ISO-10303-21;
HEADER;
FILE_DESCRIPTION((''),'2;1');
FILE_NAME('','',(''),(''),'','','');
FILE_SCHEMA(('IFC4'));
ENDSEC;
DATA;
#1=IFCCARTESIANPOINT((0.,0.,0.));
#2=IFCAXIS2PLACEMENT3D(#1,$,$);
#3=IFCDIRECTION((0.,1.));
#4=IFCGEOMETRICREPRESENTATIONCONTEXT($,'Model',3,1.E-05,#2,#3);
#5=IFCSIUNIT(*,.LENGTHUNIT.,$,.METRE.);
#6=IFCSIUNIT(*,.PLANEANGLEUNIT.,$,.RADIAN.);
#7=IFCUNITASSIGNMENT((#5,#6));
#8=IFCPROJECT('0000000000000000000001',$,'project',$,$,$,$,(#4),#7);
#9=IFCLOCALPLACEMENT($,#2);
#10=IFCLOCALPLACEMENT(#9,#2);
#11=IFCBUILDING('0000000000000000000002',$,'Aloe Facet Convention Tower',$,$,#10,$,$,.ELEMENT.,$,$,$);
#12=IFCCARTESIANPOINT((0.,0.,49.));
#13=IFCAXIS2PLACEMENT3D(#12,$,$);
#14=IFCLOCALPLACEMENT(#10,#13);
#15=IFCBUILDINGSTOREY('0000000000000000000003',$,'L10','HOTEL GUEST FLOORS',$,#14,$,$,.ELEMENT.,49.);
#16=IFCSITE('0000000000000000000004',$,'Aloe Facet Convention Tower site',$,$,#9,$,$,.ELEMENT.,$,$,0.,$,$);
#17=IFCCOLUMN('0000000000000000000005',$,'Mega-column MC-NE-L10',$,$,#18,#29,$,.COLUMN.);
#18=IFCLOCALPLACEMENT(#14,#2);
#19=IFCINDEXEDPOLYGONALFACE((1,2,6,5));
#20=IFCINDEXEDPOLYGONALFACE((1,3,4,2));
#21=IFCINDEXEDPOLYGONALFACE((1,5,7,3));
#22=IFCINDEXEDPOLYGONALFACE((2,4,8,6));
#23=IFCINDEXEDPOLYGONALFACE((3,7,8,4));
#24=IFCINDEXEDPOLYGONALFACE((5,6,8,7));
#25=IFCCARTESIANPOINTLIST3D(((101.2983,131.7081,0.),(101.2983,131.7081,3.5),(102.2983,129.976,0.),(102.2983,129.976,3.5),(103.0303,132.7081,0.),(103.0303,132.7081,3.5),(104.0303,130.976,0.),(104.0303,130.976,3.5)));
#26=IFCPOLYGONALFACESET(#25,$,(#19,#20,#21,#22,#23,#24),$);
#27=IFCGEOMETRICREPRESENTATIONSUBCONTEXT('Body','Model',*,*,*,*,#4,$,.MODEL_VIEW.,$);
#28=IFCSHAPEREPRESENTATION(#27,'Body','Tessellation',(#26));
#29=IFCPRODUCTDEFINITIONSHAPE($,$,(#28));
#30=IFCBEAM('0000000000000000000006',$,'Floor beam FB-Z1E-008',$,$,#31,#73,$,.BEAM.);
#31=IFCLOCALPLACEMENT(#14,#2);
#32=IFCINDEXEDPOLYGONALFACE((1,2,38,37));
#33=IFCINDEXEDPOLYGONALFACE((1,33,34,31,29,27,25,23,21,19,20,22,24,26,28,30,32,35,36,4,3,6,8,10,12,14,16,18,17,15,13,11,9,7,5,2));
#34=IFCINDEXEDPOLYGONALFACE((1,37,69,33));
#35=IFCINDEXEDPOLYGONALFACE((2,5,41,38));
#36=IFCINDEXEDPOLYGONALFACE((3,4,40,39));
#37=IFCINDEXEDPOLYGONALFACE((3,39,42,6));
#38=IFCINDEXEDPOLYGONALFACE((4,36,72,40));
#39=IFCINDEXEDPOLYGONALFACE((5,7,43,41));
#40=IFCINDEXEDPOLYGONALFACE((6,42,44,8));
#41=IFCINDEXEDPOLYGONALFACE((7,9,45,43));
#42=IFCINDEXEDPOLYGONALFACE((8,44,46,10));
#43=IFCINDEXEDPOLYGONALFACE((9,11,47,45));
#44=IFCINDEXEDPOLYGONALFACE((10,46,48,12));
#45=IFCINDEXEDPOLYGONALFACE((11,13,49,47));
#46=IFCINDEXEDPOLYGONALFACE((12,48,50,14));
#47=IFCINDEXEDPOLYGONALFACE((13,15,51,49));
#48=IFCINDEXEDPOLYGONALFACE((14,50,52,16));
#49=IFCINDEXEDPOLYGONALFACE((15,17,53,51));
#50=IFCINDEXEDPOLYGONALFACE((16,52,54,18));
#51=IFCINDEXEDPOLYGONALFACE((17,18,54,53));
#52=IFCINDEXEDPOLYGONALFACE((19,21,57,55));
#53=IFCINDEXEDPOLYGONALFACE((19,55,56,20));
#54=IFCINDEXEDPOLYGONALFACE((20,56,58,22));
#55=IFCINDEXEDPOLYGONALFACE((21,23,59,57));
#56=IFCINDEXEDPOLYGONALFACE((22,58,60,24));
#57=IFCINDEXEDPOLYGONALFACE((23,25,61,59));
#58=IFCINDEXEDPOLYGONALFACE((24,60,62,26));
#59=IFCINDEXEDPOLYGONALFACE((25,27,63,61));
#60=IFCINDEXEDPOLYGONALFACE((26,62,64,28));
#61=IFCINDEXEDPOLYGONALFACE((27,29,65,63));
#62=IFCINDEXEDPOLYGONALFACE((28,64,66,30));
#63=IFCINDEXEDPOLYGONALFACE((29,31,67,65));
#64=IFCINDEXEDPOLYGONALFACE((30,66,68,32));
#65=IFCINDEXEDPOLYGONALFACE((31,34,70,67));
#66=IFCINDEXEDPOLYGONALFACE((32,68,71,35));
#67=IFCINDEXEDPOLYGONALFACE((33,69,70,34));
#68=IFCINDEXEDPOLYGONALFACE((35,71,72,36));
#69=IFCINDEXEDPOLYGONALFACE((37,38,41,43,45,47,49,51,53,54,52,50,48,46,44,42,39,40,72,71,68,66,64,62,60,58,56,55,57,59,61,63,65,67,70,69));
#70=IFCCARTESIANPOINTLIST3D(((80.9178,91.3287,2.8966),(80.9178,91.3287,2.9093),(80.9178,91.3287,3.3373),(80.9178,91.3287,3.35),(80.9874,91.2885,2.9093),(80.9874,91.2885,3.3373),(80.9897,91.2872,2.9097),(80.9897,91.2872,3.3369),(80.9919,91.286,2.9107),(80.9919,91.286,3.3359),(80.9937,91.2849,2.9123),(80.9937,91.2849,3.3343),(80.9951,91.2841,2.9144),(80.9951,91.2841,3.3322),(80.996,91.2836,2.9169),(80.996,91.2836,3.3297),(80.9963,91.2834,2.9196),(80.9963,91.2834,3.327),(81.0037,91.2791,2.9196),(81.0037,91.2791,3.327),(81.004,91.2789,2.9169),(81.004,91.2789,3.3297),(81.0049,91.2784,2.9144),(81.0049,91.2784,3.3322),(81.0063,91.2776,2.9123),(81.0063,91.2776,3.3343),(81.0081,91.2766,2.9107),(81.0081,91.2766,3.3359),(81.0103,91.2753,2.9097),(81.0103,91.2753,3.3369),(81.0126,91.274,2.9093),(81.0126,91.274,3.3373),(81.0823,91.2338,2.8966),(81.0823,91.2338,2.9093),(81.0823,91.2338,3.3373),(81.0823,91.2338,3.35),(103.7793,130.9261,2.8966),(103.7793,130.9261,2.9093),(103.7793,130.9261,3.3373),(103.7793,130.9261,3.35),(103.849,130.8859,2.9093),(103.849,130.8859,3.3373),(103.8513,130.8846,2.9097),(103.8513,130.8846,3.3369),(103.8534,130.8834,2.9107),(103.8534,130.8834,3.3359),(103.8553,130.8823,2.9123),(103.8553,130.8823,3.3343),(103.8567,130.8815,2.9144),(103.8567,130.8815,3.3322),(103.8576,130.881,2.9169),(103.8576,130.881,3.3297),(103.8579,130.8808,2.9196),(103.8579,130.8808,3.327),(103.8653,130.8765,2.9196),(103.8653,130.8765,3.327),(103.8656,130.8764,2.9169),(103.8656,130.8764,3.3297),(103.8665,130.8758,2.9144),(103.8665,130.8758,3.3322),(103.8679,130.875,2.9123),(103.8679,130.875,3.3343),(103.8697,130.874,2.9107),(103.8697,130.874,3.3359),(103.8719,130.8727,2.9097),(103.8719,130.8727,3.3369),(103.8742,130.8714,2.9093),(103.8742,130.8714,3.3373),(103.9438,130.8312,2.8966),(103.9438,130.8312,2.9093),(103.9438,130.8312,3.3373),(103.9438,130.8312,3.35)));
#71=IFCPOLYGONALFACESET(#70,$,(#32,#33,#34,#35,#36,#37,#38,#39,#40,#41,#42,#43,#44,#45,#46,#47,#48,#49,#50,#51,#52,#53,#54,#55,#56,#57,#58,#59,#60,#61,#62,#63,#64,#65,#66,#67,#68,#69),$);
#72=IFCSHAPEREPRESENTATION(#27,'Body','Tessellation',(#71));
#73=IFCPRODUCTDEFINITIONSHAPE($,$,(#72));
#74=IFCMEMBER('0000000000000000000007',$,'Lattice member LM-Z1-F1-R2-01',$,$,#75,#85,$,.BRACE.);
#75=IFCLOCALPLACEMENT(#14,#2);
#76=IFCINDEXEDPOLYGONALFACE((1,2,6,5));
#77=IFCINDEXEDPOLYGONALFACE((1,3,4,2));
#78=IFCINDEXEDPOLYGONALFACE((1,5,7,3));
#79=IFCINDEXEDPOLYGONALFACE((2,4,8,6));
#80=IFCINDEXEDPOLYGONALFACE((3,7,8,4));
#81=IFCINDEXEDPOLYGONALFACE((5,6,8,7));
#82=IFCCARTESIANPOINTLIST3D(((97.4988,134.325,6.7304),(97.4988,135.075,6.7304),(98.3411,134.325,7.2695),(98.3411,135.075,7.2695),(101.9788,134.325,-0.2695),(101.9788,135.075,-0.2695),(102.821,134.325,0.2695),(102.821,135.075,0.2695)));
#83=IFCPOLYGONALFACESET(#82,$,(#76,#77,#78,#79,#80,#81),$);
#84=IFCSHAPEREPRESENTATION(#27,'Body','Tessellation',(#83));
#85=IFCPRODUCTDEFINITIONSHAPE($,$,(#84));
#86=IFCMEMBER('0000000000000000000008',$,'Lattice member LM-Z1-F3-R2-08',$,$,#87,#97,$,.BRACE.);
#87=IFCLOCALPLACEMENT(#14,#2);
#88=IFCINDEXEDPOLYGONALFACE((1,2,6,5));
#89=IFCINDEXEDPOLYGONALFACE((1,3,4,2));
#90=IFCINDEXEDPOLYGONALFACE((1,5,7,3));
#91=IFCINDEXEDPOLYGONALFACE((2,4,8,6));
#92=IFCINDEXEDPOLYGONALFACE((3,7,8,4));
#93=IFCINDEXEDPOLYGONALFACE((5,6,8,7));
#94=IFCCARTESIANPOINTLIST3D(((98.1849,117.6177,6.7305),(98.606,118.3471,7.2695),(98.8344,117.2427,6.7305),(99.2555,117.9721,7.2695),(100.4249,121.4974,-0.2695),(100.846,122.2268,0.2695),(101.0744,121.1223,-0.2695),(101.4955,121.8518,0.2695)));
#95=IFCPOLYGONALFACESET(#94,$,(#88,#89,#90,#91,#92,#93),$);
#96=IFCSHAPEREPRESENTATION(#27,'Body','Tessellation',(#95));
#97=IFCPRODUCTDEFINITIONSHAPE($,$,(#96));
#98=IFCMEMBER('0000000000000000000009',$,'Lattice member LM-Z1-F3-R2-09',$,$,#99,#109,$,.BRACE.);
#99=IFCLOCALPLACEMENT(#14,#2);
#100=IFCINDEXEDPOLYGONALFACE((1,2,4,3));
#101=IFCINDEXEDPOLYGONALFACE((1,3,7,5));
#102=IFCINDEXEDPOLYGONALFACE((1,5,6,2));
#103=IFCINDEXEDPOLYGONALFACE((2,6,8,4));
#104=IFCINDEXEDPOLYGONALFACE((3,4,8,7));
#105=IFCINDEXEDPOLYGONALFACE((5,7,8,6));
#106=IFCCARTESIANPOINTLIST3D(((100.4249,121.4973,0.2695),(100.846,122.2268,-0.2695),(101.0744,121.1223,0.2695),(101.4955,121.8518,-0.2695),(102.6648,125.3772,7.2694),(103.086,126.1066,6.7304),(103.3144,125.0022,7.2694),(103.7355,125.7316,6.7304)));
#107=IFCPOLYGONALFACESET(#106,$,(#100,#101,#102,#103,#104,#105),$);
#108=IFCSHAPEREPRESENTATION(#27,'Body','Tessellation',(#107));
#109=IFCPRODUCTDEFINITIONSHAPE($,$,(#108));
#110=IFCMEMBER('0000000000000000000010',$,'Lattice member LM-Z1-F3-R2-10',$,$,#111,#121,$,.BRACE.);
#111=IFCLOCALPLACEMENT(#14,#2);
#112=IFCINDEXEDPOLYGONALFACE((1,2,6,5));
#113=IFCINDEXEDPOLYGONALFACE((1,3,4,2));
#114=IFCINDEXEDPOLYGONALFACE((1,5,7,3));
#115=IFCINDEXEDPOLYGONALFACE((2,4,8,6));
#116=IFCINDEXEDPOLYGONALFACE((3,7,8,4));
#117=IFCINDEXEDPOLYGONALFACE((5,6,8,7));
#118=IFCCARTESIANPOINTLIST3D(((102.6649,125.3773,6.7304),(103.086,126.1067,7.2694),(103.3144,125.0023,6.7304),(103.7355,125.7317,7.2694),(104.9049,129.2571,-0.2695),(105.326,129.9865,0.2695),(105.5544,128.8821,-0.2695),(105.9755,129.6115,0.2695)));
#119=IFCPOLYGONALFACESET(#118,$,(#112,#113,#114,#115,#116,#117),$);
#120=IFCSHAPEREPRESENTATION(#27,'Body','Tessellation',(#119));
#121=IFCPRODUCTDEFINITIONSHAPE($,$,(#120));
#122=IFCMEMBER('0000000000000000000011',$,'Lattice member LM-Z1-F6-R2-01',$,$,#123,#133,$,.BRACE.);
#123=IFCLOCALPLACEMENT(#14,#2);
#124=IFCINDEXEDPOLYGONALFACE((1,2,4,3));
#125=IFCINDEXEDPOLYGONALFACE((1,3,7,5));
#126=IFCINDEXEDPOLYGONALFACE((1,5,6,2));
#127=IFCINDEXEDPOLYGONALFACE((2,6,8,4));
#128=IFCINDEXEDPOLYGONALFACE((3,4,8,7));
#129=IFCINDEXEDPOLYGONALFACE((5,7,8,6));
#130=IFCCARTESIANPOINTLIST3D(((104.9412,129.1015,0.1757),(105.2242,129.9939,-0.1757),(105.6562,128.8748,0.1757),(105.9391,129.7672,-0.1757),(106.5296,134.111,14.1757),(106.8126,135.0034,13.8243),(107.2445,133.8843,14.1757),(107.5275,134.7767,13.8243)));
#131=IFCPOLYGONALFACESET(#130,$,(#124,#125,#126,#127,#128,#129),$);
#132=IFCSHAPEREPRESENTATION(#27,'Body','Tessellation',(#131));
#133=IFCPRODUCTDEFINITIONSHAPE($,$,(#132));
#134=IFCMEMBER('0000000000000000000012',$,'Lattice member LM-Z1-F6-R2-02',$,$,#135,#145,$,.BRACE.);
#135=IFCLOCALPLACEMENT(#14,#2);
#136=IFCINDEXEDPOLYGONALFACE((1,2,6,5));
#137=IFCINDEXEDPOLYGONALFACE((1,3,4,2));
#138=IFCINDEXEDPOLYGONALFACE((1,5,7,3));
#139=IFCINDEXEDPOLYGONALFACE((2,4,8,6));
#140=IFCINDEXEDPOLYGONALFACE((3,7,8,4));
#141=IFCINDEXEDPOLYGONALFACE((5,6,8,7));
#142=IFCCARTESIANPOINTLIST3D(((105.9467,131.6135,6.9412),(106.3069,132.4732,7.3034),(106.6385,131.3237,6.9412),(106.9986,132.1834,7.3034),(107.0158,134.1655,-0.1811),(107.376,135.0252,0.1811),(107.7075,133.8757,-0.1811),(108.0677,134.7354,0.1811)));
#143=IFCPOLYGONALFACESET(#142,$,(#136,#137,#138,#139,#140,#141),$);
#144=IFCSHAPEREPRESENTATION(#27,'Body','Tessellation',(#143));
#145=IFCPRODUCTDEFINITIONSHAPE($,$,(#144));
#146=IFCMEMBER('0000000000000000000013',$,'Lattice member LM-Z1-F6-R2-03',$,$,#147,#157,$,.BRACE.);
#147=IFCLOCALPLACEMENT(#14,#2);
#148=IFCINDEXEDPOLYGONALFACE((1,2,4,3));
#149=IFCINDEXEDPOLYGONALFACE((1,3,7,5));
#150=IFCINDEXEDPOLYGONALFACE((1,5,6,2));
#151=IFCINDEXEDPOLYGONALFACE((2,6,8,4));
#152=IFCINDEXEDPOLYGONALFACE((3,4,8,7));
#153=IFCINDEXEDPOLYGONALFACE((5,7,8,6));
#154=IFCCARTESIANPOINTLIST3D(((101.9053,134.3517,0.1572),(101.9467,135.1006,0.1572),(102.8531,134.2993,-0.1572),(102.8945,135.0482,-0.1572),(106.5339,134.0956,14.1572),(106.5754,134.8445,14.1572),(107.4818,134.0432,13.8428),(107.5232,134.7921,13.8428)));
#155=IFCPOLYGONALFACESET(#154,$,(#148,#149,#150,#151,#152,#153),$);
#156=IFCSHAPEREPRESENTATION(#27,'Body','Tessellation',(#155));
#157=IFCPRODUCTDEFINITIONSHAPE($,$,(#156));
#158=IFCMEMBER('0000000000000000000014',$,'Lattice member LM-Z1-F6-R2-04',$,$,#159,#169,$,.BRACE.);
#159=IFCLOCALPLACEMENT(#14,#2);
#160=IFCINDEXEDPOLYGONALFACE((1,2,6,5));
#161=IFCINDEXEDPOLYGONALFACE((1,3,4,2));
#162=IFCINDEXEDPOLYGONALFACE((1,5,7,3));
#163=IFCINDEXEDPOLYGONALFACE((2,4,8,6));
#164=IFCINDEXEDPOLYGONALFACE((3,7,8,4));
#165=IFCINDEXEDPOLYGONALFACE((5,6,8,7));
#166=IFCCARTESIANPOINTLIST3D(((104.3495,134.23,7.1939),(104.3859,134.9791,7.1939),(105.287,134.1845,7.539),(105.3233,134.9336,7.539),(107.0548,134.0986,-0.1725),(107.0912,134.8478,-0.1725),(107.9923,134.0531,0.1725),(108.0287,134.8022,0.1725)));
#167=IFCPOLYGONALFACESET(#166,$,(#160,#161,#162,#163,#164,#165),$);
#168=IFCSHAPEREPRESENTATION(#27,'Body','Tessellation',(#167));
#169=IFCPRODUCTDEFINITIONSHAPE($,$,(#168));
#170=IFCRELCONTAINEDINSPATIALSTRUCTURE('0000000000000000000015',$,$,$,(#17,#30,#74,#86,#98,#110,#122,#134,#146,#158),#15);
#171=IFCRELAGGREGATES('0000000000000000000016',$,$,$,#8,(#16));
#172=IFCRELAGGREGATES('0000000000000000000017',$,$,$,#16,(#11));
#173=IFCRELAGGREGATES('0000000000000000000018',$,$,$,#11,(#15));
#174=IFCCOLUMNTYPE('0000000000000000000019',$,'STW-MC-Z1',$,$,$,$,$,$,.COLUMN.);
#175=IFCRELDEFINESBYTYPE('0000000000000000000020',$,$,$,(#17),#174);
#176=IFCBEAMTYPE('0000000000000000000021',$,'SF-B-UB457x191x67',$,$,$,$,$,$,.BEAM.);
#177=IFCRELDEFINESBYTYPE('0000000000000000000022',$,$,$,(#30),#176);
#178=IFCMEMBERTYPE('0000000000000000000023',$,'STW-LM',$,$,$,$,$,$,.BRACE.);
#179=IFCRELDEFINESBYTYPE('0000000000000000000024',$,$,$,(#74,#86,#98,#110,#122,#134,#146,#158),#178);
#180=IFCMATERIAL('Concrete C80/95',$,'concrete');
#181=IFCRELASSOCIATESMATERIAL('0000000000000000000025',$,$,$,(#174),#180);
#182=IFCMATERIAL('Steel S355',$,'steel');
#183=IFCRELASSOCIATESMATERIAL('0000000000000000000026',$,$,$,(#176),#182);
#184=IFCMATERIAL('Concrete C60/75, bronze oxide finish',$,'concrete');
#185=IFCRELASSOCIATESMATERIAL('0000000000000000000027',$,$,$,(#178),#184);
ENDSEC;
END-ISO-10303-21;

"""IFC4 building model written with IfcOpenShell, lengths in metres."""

from ifc_helpers import new_model, si_unit, direction, frame, origin, origin_2d, place, context, subcontext, project, spatial, rectangle, i_section, extrude, material, material_profile, profile_set, type_object, element, save


model = new_model("IFC4")

# Units and contexts
model_context = context("Model", 3, precision=1e-05, world=origin(), true_north=direction((0.0, 1.0)))
body_context = subcontext(model_context, "Body", "Model", "MODEL_VIEW")
ifc_project = project(units=[si_unit("LENGTHUNIT", "METRE"), si_unit("PLANEANGLEUNIT", "RADIAN")], contexts=[model_context])

# Site, building, storey
site_placement = place(None, origin())
site = spatial("IfcSite", under=ifc_project, at=site_placement, Name="Aloe Facet Convention Tower site", CompositionType="ELEMENT", RefElevation=0.0)
building_placement = place(site_placement, origin())
building = spatial("IfcBuilding", under=site, at=building_placement, Name="Aloe Facet Convention Tower", CompositionType="ELEMENT")
storey_placement = place(building_placement, frame((0.0, 0.0, 49.0)))
storey = spatial("IfcBuildingStorey", under=building, at=storey_placement, Name="L10", Description="HOTEL GUEST FLOORS", CompositionType="ELEMENT", Elevation=49.0)

# Column
ifc_material_1 = material(Name="Concrete C80/95", Category="concrete")
ifc_material_profile_1 = material_profile(ifc_material_1, rectangle(XDim=2.0, YDim=2.0, at=origin_2d()), Name="STW-MC-Z1")
ifc_profile_set_1 = profile_set([ifc_material_profile_1], Name="Concrete C80/95")
column_type = type_object("IfcColumnType", Name="STW-MC-Z1", PredefinedType="COLUMN", material=ifc_profile_set_1)
column_placement = place(storey_placement, frame((102.6643, 131.342, 0.0), z_axis=(0.0, 0.0, 1.0), x_axis=(-0.5, 0.866025, 0.0)))
element("IfcColumn", 1, at=column_placement, inside=storey, type_object=column_type, Name="Mega-column MC-NE-L10", PredefinedType="COLUMN", context=body_context, shape_type="SweptSolid", body=[
    extrude(rectangle(XDim=2.0, YDim=2.0, at=origin_2d()), origin(), (0.0, 0.0, 1.0), 3.5),
])

# Beam
ifc_material_2 = material(Name="Steel S355", Category="steel")
ifc_material_profile_2 = material_profile(ifc_material_2, i_section(OverallWidth=0.1899, OverallDepth=0.4534, WebThickness=0.0085, FlangeThickness=0.0127, FilletRadius=0.0103, at=origin_2d()), Name="UB 457x191x67")
ifc_profile_set_2 = profile_set([ifc_material_profile_2], Name="Steel S355")
beam_type = type_object("IfcBeamType", Name="SF-B-UB457x191x67", PredefinedType="BEAM", material=ifc_profile_set_2)
beam_placement = place(storey_placement, frame((103.8616, 130.8787, 3.1233), z_axis=(-0.5, -0.866025, 0.0), x_axis=(0.866025, -0.5, 0.0)))
element("IfcBeam", 2, at=beam_placement, inside=storey, type_object=beam_type, Name="Floor beam FB-Z1E-008", PredefinedType="BEAM", context=body_context, shape_type="SweptSolid", body=[
    extrude(i_section(OverallWidth=0.1899, OverallDepth=0.4534, WebThickness=0.0085, FlangeThickness=0.0127, FilletRadius=0.0103, at=origin_2d()), origin(), (0.0, 0.0, 1.0), 45.7231),
])

# Members
ifc_material_3 = material(Name="Concrete C60/75, bronze oxide finish", Category="concrete")
ifc_material_profile_3 = material_profile(ifc_material_3, rectangle(XDim=0.75, YDim=1.0, at=origin_2d()), Name="STW-LM")
ifc_profile_set_3 = profile_set([ifc_material_profile_3], Name="Concrete C60/75, bronze oxide finish")
member_type = type_object("IfcMemberType", Name="STW-LM", PredefinedType="BRACE", material=ifc_profile_set_3)
for number, where, z_axis, x_axis, name in (
    (3, (102.3999, 134.7, 0.0), (-0.539052, 0.0, 0.842272), (0.0, -1.0, 0.0), "Lattice member LM-Z1-F1-R2-01"),
    (4, (100.9602, 121.6746, 0.0), (-0.269528, -0.46682, 0.842279), (0.866018, -0.500013, 0.0), "Lattice member LM-Z1-F3-R2-08"),
    (5, (100.9602, 121.6746, 0.0), (0.269524, 0.466843, 0.842267), (-0.866031, 0.49999, 0.0), "Lattice member LM-Z1-F3-R2-09"),
    (6, (105.4402, 129.4343, 0.0), (-0.269524, -0.466843, 0.842267), (0.866031, -0.49999, 0.0), "Lattice member LM-Z1-F3-R2-10"),
):
    element("IfcMember", number, at=place(storey_placement, frame(where, z_axis=z_axis, x_axis=x_axis)), inside=storey, type_object=member_type, Name=name, PredefinedType="BRACE", context=body_context, shape_type="SweptSolid", body=[
        extrude(rectangle(XDim=0.75, YDim=1.0, at=origin_2d()), origin(), (0.0, 0.0, 1.0), 8.3108),
    ])
member_1_placement = place(storey_placement, frame((105.4402, 129.4343, 0.0), z_axis=(0.106219, 0.334998, 0.936212), x_axis=(-0.953231, 0.302243, 0.0)))
element("IfcMember", 7, at=member_1_placement, inside=storey, type_object=member_type, Name="Lattice member LM-Z1-F6-R2-01", PredefinedType="BRACE", context=body_context, shape_type="SweptSolid", body=[
    extrude(rectangle(XDim=0.75, YDim=1.0, at=origin_2d()), origin(), (0.0, 0.0, 1.0), 14.9539),
])
member_2_placement = place(storey_placement, frame((107.5417, 134.4504, 0.0), z_axis=(-0.139917, -0.333993, 0.932133), x_axis=(0.922336, -0.386388, 0.0)))
element("IfcMember", 8, at=member_2_placement, inside=storey, type_object=member_type, Name="Lattice member LM-Z1-F6-R2-02", PredefinedType="BRACE", context=body_context, shape_type="SweptSolid", body=[
    extrude(rectangle(XDim=0.75, YDim=1.0, at=origin_2d()), origin(), (0.0, 0.0, 1.0), 7.6409),
])
member_3_placement = place(storey_placement, frame((102.3999, 134.7, 0.0), z_axis=(0.31386, -0.017366, 0.949311), x_axis=(0.055245, 0.998473, 0.0)))
element("IfcMember", 9, at=member_3_placement, inside=storey, type_object=member_type, Name="Lattice member LM-Z1-F6-R2-03", PredefinedType="BRACE", context=body_context, shape_type="SweptSolid", body=[
    extrude(rectangle(XDim=0.75, YDim=1.0, at=origin_2d()), origin(), (0.0, 0.0, 1.0), 14.7476),
])
member_4_placement = place(storey_placement, frame((107.5417, 134.4504, 0.0), z_axis=(-0.344688, 0.016735, 0.938568), x_axis=(-0.048494, -0.998823, 0.0)))
element("IfcMember", 10, at=member_4_placement, inside=storey, type_object=member_type, Name="Lattice member LM-Z1-F6-R2-04", PredefinedType="BRACE", context=body_context, shape_type="SweptSolid", body=[
    extrude(rectangle(XDim=0.75, YDim=1.0, at=origin_2d()), origin(), (0.0, 0.0, 1.0), 7.8486),
])

save(model, "model.ifc")
